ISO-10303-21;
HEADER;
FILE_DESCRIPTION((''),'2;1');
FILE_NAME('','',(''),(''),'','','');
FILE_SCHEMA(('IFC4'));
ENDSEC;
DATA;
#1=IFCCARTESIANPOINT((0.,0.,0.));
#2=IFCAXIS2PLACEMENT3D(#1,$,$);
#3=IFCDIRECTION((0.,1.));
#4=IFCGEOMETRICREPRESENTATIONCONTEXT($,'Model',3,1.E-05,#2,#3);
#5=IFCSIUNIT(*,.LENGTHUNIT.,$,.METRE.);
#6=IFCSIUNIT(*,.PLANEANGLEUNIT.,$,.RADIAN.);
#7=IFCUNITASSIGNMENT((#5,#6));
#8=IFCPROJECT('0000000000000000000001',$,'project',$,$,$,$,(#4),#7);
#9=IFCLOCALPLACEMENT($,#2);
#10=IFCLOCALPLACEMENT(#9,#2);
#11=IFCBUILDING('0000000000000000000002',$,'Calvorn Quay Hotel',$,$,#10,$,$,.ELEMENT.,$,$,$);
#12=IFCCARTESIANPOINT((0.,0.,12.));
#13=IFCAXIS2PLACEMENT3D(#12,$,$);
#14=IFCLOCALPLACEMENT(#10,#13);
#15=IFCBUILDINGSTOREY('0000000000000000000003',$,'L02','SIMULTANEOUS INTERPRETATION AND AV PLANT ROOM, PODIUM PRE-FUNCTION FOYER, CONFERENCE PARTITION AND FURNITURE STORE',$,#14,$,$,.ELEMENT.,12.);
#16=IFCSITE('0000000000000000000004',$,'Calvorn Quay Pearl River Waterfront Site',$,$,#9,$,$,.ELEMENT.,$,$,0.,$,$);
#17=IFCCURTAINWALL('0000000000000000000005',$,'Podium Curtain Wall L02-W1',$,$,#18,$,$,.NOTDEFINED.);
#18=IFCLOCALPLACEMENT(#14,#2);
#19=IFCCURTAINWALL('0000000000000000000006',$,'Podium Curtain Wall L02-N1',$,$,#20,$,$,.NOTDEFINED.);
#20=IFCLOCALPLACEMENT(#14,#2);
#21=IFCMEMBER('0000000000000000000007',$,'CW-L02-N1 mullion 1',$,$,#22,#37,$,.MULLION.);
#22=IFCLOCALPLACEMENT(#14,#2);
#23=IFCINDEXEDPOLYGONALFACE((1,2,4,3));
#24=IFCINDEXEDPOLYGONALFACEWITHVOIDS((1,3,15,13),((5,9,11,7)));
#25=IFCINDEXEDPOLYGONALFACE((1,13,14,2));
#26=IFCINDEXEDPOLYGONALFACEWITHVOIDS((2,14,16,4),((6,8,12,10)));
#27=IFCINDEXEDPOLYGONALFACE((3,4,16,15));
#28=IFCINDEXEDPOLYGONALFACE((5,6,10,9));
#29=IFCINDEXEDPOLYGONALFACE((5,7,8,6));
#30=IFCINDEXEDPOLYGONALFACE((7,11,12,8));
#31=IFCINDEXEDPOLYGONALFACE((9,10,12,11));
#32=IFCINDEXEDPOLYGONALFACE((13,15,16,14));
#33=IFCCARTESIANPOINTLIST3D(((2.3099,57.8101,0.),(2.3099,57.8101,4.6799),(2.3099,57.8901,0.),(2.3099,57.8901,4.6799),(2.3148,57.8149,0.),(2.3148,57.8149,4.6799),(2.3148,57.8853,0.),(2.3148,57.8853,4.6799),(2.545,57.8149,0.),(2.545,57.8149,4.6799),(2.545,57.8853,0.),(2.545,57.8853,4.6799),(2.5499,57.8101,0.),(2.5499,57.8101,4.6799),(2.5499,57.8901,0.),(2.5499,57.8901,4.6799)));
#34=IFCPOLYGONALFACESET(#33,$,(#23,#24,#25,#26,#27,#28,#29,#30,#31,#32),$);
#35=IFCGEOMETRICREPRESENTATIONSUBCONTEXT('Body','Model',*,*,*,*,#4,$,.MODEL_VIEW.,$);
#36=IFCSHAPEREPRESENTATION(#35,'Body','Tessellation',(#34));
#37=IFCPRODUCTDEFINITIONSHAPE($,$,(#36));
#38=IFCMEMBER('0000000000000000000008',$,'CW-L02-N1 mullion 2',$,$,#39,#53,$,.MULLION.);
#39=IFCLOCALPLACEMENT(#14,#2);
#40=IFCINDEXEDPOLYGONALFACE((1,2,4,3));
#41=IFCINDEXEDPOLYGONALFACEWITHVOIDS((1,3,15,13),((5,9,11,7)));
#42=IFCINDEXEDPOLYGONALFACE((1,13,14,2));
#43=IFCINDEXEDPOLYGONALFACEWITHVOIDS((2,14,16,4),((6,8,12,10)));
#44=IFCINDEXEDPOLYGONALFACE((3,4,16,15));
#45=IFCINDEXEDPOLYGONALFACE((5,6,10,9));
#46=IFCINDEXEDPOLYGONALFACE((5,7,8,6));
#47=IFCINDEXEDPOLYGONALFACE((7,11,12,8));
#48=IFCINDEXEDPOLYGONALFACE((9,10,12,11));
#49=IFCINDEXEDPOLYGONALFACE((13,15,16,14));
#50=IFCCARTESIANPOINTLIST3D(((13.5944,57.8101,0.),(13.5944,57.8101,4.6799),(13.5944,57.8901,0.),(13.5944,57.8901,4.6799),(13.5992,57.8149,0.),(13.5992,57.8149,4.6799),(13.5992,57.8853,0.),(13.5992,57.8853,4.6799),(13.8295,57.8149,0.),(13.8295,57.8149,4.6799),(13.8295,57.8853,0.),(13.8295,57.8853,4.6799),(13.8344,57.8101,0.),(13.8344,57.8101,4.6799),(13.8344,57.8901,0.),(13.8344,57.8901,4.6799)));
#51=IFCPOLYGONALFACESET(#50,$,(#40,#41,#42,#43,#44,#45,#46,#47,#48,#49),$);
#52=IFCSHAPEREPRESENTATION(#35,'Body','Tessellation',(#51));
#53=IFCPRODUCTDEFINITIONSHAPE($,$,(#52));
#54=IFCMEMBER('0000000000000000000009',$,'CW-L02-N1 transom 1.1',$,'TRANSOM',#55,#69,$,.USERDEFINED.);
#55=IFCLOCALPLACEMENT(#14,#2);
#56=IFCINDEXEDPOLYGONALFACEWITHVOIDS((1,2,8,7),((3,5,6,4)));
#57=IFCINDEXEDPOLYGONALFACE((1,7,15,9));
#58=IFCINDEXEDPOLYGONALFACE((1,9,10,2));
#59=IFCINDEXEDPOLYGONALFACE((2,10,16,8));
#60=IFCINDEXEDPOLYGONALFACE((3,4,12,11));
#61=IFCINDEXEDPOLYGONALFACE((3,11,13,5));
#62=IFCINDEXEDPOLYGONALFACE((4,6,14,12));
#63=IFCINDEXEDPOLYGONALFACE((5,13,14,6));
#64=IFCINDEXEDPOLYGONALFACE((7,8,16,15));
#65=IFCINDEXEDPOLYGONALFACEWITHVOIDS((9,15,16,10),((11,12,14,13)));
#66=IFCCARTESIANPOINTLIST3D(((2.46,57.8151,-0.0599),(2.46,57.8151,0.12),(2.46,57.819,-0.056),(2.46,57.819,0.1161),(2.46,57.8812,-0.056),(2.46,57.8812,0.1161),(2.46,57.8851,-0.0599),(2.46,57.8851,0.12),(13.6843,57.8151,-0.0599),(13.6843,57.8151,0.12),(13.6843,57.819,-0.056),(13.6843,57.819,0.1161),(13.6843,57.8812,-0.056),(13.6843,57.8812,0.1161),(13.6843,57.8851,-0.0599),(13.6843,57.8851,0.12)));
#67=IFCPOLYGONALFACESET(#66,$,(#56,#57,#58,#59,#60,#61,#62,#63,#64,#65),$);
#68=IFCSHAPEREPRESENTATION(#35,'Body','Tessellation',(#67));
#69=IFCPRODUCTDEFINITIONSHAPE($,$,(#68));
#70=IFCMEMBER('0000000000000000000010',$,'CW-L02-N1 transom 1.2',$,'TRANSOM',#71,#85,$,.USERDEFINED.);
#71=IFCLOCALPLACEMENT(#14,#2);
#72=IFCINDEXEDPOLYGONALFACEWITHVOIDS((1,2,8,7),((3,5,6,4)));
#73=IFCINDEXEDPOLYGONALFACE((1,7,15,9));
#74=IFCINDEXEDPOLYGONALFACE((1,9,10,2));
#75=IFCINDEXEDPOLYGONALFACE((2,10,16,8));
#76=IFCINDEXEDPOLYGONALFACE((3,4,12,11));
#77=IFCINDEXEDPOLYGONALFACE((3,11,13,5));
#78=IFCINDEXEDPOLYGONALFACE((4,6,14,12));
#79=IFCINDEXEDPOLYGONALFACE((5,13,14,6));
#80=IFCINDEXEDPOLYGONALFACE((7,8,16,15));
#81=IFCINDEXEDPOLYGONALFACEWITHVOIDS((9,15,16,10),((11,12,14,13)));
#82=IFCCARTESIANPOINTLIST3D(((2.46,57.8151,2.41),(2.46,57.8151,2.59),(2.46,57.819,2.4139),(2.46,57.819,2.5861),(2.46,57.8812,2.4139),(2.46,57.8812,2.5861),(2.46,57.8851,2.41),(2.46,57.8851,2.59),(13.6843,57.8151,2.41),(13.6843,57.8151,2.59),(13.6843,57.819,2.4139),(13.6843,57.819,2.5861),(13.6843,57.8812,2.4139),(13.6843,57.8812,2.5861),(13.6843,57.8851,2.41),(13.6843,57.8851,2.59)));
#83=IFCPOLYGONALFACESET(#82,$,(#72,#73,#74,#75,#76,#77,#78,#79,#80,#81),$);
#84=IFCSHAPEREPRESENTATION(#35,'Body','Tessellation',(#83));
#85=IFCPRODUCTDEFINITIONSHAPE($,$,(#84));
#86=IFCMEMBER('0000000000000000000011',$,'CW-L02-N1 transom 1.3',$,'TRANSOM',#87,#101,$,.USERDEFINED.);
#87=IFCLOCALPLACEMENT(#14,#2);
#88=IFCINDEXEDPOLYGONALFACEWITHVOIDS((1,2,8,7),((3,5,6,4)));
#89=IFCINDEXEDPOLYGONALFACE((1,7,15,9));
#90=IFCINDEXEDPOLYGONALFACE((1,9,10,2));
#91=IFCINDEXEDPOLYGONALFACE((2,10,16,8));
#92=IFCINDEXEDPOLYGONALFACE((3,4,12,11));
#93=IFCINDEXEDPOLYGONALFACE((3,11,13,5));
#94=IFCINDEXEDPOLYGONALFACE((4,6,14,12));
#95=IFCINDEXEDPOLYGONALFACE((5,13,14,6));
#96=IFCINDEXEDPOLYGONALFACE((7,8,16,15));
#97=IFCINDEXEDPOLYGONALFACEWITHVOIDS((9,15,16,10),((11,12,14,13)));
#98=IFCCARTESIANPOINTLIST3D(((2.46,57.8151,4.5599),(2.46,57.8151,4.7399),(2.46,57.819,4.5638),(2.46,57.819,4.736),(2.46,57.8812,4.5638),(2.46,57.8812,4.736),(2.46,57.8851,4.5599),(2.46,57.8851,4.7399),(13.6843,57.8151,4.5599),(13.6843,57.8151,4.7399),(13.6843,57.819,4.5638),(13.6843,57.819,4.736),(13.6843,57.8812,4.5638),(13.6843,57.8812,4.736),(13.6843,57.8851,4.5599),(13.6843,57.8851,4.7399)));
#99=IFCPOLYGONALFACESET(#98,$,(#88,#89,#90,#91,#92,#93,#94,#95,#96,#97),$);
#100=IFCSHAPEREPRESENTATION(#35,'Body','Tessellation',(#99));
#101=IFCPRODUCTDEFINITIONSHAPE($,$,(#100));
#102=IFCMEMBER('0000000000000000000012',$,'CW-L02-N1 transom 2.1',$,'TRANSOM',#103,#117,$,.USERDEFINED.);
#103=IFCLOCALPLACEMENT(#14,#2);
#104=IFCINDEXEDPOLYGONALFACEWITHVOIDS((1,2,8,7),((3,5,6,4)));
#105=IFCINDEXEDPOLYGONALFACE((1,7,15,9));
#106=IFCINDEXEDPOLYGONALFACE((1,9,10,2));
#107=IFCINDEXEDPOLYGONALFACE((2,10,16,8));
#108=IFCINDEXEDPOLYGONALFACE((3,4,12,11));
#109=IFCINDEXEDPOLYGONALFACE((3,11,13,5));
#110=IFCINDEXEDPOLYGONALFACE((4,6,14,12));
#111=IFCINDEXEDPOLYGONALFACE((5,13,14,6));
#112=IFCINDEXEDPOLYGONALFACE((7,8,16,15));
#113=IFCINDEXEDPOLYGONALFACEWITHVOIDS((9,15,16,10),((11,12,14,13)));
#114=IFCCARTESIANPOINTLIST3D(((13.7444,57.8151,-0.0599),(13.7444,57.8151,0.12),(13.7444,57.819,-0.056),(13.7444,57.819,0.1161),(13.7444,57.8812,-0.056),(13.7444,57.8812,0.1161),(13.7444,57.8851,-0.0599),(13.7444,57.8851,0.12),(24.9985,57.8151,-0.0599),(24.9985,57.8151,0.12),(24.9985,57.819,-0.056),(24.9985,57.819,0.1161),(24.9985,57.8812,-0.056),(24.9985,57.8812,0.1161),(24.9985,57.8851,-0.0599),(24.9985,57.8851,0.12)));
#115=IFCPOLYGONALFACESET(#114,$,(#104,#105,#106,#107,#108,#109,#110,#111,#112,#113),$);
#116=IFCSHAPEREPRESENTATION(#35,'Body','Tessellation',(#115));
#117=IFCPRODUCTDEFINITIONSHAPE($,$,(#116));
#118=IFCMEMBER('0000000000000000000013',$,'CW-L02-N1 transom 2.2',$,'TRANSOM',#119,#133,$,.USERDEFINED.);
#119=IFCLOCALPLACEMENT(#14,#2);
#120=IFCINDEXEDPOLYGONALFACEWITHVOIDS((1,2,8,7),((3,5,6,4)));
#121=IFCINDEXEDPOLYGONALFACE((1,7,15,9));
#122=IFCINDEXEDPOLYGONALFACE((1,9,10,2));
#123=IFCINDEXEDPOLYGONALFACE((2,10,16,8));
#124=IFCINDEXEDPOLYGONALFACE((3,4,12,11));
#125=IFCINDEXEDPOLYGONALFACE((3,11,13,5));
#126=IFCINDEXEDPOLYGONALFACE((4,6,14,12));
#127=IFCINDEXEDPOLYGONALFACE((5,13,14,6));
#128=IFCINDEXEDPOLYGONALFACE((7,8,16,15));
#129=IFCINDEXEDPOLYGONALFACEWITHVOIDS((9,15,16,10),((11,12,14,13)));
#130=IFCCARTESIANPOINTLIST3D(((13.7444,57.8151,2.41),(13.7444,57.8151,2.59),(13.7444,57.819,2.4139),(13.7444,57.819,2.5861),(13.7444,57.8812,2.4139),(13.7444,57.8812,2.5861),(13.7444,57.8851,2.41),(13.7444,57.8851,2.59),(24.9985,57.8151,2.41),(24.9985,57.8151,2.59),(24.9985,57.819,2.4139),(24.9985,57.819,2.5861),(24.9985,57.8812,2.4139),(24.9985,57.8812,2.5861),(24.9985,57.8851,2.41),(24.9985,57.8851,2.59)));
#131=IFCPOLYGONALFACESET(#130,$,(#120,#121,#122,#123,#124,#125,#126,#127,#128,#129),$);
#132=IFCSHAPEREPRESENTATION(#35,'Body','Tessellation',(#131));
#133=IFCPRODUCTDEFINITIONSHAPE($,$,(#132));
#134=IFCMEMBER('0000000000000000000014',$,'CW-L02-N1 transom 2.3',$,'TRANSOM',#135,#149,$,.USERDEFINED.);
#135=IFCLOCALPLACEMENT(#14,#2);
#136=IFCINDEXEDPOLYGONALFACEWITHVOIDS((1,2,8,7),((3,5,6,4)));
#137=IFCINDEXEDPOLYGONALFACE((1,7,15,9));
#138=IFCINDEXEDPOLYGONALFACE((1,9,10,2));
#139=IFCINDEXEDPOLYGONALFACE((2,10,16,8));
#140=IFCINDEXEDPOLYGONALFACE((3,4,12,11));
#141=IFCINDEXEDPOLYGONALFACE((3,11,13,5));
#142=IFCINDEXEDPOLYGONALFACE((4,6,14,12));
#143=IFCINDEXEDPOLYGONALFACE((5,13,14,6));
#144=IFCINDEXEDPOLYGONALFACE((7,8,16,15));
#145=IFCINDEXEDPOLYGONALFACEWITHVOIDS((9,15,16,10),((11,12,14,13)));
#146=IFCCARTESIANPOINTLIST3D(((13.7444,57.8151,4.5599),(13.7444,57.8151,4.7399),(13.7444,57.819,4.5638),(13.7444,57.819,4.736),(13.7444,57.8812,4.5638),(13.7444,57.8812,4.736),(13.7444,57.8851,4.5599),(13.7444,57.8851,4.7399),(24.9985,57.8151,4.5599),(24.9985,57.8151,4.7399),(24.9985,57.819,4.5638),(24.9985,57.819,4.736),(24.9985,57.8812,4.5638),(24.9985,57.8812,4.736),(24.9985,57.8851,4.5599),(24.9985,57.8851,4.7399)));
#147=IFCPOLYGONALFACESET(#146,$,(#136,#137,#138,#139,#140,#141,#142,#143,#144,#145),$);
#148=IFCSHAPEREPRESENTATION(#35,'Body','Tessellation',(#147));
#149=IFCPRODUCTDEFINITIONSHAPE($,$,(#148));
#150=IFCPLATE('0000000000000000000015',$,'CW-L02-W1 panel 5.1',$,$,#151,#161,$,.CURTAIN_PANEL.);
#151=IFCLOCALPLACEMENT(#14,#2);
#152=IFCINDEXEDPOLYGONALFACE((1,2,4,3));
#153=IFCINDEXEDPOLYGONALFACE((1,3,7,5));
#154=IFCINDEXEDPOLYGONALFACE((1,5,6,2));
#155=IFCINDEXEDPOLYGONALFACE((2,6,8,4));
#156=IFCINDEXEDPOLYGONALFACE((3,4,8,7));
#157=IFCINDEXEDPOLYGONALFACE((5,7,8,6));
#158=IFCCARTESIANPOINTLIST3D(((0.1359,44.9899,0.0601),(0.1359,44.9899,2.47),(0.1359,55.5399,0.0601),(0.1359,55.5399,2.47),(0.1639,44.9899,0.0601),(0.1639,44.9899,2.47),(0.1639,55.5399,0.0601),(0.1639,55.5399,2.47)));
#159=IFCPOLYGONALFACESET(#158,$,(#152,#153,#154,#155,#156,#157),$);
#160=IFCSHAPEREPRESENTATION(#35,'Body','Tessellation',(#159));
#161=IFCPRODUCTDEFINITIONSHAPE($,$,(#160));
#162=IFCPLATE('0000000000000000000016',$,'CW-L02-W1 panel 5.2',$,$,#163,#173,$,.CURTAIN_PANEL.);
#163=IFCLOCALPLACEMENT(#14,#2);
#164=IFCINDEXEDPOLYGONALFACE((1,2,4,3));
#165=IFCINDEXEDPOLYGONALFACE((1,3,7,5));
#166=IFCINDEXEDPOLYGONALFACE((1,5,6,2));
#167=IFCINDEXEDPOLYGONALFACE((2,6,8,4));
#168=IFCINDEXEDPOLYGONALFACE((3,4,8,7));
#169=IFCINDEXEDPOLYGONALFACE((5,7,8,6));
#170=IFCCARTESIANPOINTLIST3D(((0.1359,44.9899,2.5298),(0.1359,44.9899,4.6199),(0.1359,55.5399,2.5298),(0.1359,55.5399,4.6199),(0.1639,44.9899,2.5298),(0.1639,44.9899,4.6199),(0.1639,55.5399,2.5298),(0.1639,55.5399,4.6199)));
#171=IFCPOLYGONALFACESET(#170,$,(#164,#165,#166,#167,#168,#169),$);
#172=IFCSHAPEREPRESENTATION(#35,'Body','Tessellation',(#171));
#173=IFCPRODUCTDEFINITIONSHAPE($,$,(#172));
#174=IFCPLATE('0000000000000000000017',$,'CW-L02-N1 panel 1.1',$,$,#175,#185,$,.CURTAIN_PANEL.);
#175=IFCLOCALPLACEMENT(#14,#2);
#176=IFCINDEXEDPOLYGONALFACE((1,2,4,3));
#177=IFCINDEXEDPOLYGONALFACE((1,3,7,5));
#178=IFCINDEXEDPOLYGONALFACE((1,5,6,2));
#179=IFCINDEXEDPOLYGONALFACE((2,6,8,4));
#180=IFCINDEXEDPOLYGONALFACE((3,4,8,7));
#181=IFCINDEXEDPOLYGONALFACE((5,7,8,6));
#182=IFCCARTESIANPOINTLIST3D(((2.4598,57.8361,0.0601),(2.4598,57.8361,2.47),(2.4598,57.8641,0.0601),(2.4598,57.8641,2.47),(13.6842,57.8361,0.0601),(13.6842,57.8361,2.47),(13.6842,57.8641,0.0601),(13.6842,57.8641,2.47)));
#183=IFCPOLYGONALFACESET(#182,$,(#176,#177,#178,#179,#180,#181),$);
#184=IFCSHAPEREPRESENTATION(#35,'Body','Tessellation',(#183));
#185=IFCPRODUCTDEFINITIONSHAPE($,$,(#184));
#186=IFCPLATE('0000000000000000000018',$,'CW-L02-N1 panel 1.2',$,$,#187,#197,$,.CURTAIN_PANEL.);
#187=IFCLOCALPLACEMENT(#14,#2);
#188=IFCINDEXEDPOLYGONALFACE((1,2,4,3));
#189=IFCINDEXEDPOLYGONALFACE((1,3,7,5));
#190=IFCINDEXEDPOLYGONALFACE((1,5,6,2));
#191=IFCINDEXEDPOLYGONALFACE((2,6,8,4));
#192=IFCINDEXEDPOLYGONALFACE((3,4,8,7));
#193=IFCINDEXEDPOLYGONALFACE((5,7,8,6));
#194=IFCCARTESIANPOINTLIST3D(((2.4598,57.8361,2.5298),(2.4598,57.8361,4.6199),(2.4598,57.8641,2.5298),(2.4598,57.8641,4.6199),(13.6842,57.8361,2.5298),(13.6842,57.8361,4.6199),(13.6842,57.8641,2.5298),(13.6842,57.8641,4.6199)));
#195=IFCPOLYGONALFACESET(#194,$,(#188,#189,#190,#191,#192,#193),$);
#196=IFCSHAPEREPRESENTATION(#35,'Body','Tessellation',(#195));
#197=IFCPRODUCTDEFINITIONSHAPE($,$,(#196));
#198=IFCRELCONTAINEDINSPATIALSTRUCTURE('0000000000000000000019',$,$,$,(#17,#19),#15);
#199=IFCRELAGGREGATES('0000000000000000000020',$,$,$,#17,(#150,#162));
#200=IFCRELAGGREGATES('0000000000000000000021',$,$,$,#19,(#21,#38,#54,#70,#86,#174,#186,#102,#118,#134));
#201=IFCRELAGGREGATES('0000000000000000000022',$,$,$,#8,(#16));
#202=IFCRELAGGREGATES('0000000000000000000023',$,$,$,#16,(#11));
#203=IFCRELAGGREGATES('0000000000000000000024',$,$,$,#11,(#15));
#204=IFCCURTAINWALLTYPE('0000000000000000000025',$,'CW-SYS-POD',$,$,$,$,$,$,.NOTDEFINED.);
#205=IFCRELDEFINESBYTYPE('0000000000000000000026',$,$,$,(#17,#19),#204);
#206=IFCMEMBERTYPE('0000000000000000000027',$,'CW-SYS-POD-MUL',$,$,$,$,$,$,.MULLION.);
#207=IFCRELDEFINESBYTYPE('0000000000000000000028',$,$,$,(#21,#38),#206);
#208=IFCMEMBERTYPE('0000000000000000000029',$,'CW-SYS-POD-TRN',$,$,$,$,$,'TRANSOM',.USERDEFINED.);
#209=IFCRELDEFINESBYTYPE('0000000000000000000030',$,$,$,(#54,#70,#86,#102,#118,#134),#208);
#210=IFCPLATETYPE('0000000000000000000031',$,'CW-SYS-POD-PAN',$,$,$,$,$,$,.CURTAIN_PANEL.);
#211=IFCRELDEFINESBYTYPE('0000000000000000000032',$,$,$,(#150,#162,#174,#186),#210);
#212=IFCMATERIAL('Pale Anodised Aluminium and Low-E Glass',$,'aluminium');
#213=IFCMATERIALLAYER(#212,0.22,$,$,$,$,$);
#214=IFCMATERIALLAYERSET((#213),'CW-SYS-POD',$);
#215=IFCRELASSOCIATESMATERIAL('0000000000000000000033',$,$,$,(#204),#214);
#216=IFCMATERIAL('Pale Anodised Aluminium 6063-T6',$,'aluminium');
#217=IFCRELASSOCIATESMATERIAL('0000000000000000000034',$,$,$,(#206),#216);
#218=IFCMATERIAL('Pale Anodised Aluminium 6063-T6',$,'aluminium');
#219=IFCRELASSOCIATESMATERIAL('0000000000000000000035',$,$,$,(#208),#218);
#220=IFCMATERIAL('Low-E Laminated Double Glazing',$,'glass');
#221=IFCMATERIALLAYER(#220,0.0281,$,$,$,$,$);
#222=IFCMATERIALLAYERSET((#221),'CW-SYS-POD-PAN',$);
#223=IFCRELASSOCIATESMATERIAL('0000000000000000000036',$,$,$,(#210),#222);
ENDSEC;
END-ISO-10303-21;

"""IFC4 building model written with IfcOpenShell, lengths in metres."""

from ifc_helpers import new_model, si_unit, direction, frame, origin, origin_2d, place, context, subcontext, project, spatial, rectangle, hollow_rectangle, extrude, material, layer, layer_set, material_profile, profile_set, type_object, element, aggregate, save


model = new_model("IFC4")

# Units and contexts
model_context = context("Model", 3, precision=1e-05, world=origin(), true_north=direction((0.0, 1.0)))
body_context = subcontext(model_context, "Body", "Model", "MODEL_VIEW")
ifc_project = project(units=[si_unit("LENGTHUNIT", "METRE"), si_unit("PLANEANGLEUNIT", "RADIAN")], contexts=[model_context])

# Site, building, storey
site_placement = place(None, origin())
site = spatial("IfcSite", under=ifc_project, at=site_placement, Name="Calvorn Quay Pearl River Waterfront Site", CompositionType="ELEMENT", RefElevation=0.0)
building_placement = place(site_placement, origin())
building = spatial("IfcBuilding", under=site, at=building_placement, Name="Calvorn Quay Hotel", CompositionType="ELEMENT")
storey_placement = place(building_placement, frame((0.0, 0.0, 12.0)))
storey = spatial("IfcBuildingStorey", under=building, at=storey_placement, Name="L02", Description="SIMULTANEOUS INTERPRETATION AND AV PLANT ROOM, PODIUM PRE-FUNCTION FOYER, CONFERENCE PARTITION AND FURNITURE STORE", CompositionType="ELEMENT", Elevation=12.0)

# Curtain wall
ifc_material_1 = material(Name="Pale Anodised Aluminium and Low-E Glass", Category="aluminium")
ifc_layer_1 = layer(ifc_material_1, 0.22)
ifc_layer_set_1 = layer_set([ifc_layer_1], Name="CW-SYS-POD")
curtain_wall_type = type_object("IfcCurtainWallType", Name="CW-SYS-POD", PredefinedType="NOTDEFINED", material=ifc_layer_set_1)
curtain_wall_1_placement = place(storey_placement, origin())
curtain_wall_1 = element("IfcCurtainWall", 1, at=curtain_wall_1_placement, inside=storey, type_object=curtain_wall_type, Name="Podium Curtain Wall L02-W1", PredefinedType="NOTDEFINED")
ifc_material_2 = material(Name="Pale Anodised Aluminium 6063-T6", Category="aluminium")
ifc_material_profile_1 = material_profile(ifc_material_2, hollow_rectangle(XDim=0.0801, YDim=0.24, WallThickness=0.0049, at=origin_2d()), Name="ALU-M240x80x5")
ifc_profile_set_1 = profile_set([ifc_material_profile_1], Name="Pale Anodised Aluminium 6063-T6")
member_type_1 = type_object("IfcMemberType", Name="CW-SYS-POD-MUL", PredefinedType="MULLION", material=ifc_profile_set_1)

# Curtain wall, members
curtain_wall_2_placement = place(storey_placement, origin())
curtain_wall_2 = element("IfcCurtainWall", 2, at=curtain_wall_2_placement, inside=storey, type_object=curtain_wall_type, Name="Podium Curtain Wall L02-N1", PredefinedType="NOTDEFINED")
member_1_placement = place(storey_placement, frame((2.4299, 57.8501, 0.0), z_axis=(0.0, 0.0, 1.0), x_axis=(0.0, 1.0, 0.0)))
member_1 = element("IfcMember", 3, at=member_1_placement, type_object=member_type_1, Name="CW-L02-N1 mullion 1", PredefinedType="MULLION", context=body_context, shape_type="SweptSolid", body=[
    extrude(hollow_rectangle(XDim=0.0801, YDim=0.24, WallThickness=0.0049, at=origin_2d()), origin(), (0.0, 0.0, 1.0), 4.6799),
])
member_2_placement = place(storey_placement, frame((13.7144, 57.8501, 0.0), z_axis=(0.0, 0.0, 1.0), x_axis=(0.0, 1.0, 0.0)))
member_2 = element("IfcMember", 4, at=member_2_placement, type_object=member_type_1, Name="CW-L02-N1 mullion 2", PredefinedType="MULLION", context=body_context, shape_type="SweptSolid", body=[
    extrude(hollow_rectangle(XDim=0.0801, YDim=0.24, WallThickness=0.0049, at=origin_2d()), origin(), (0.0, 0.0, 1.0), 4.6799),
])
ifc_material_3 = material(Name="Pale Anodised Aluminium 6063-T6", Category="aluminium")
ifc_material_profile_2 = material_profile(ifc_material_3, hollow_rectangle(XDim=0.0701, YDim=0.1799, WallThickness=0.0039, at=origin_2d()), Name="ALU-T180x70x4")
ifc_profile_set_2 = profile_set([ifc_material_profile_2], Name="Pale Anodised Aluminium 6063-T6")
member_type_2 = type_object("IfcMemberType", Name="CW-SYS-POD-TRN", ElementType="TRANSOM", PredefinedType="USERDEFINED", material=ifc_profile_set_2)
member_3_placement = place(storey_placement, frame((2.46, 57.8501, 0.03), z_axis=(1.0, 0.0, 0.0), x_axis=(0.0, 1.0, 0.0)))
member_3 = element("IfcMember", 5, at=member_3_placement, type_object=member_type_2, Name="CW-L02-N1 transom 1.1", ObjectType="TRANSOM", PredefinedType="USERDEFINED", context=body_context, shape_type="SweptSolid", body=[
    extrude(hollow_rectangle(XDim=0.0701, YDim=0.1799, WallThickness=0.0039, at=origin_2d()), origin(), (0.0, 0.0, 1.0), 11.2244),
])
member_4_placement = place(storey_placement, frame((2.46, 57.8501, 2.5), z_axis=(1.0, 0.0, 0.0), x_axis=(0.0, 1.0, 0.0)))
member_4 = element("IfcMember", 6, at=member_4_placement, type_object=member_type_2, Name="CW-L02-N1 transom 1.2", ObjectType="TRANSOM", PredefinedType="USERDEFINED", context=body_context, shape_type="SweptSolid", body=[
    extrude(hollow_rectangle(XDim=0.0701, YDim=0.1799, WallThickness=0.0039, at=origin_2d()), origin(), (0.0, 0.0, 1.0), 11.2244),
])
member_5_placement = place(storey_placement, frame((2.46, 57.8501, 4.6499), z_axis=(1.0, 0.0, 0.0), x_axis=(0.0, 1.0, 0.0)))
member_5 = element("IfcMember", 7, at=member_5_placement, type_object=member_type_2, Name="CW-L02-N1 transom 1.3", ObjectType="TRANSOM", PredefinedType="USERDEFINED", context=body_context, shape_type="SweptSolid", body=[
    extrude(hollow_rectangle(XDim=0.0701, YDim=0.1799, WallThickness=0.0039, at=origin_2d()), origin(), (0.0, 0.0, 1.0), 11.2244),
])
member_6_placement = place(storey_placement, frame((13.7444, 57.8501, 0.03), z_axis=(1.0, 0.0, 0.0), x_axis=(0.0, 1.0, 0.0)))
member_6 = element("IfcMember", 8, at=member_6_placement, type_object=member_type_2, Name="CW-L02-N1 transom 2.1", ObjectType="TRANSOM", PredefinedType="USERDEFINED", context=body_context, shape_type="SweptSolid", body=[
    extrude(hollow_rectangle(XDim=0.0701, YDim=0.1799, WallThickness=0.0039, at=origin_2d()), origin(), (0.0, 0.0, 1.0), 11.2542),
])
member_7_placement = place(storey_placement, frame((13.7444, 57.8501, 2.5), z_axis=(1.0, 0.0, 0.0), x_axis=(0.0, 1.0, 0.0)))
member_7 = element("IfcMember", 9, at=member_7_placement, type_object=member_type_2, Name="CW-L02-N1 transom 2.2", ObjectType="TRANSOM", PredefinedType="USERDEFINED", context=body_context, shape_type="SweptSolid", body=[
    extrude(hollow_rectangle(XDim=0.0701, YDim=0.1799, WallThickness=0.0039, at=origin_2d()), origin(), (0.0, 0.0, 1.0), 11.2542),
])
member_8_placement = place(storey_placement, frame((13.7444, 57.8501, 4.6499), z_axis=(1.0, 0.0, 0.0), x_axis=(0.0, 1.0, 0.0)))
member_8 = element("IfcMember", 10, at=member_8_placement, type_object=member_type_2, Name="CW-L02-N1 transom 2.3", ObjectType="TRANSOM", PredefinedType="USERDEFINED", context=body_context, shape_type="SweptSolid", body=[
    extrude(hollow_rectangle(XDim=0.0701, YDim=0.1799, WallThickness=0.0039, at=origin_2d()), origin(), (0.0, 0.0, 1.0), 11.2542),
])

# Plates
ifc_material_4 = material(Name="Low-E Laminated Double Glazing", Category="glass")
ifc_layer_2 = layer(ifc_material_4, 0.0281)
ifc_layer_set_2 = layer_set([ifc_layer_2], Name="CW-SYS-POD-PAN")
plate_type = type_object("IfcPlateType", Name="CW-SYS-POD-PAN", PredefinedType="CURTAIN_PANEL", material=ifc_layer_set_2)
plate_1_placement = place(storey_placement, frame((0.1499, 50.2649, 0.0601), z_axis=(0.0, 0.0, 1.0), x_axis=(0.0, 1.0, 0.0)))
plate_1 = element("IfcPlate", 11, at=plate_1_placement, type_object=plate_type, Name="CW-L02-W1 panel 5.1", PredefinedType="CURTAIN_PANEL", context=body_context, shape_type="SweptSolid", body=[
    extrude(rectangle(XDim=10.55, YDim=0.0281, at=origin_2d()), origin(), (0.0, 0.0, 1.0), 2.4099),
])
plate_2_placement = place(storey_placement, frame((0.1499, 50.2649, 2.5298), z_axis=(0.0, 0.0, 1.0), x_axis=(0.0, 1.0, 0.0)))
plate_2 = element("IfcPlate", 12, at=plate_2_placement, type_object=plate_type, Name="CW-L02-W1 panel 5.2", PredefinedType="CURTAIN_PANEL", context=body_context, shape_type="SweptSolid", body=[
    extrude(rectangle(XDim=10.55, YDim=0.0281, at=origin_2d()), origin(), (0.0, 0.0, 1.0), 2.0901),
])
aggregate(curtain_wall_1, [plate_1, plate_2])
plate_3_placement = place(storey_placement, frame((8.072, 57.8501, 0.0601), z_axis=(0.0, 0.0, 1.0), x_axis=(1.0, 0.0, 0.0)))
plate_3 = element("IfcPlate", 13, at=plate_3_placement, type_object=plate_type, Name="CW-L02-N1 panel 1.1", PredefinedType="CURTAIN_PANEL", context=body_context, shape_type="SweptSolid", body=[
    extrude(rectangle(XDim=11.2244, YDim=0.0281, at=origin_2d()), origin(), (0.0, 0.0, 1.0), 2.4099),
])
plate_4_placement = place(storey_placement, frame((8.072, 57.8501, 2.5298), z_axis=(0.0, 0.0, 1.0), x_axis=(1.0, 0.0, 0.0)))
plate_4 = element("IfcPlate", 14, at=plate_4_placement, type_object=plate_type, Name="CW-L02-N1 panel 1.2", PredefinedType="CURTAIN_PANEL", context=body_context, shape_type="SweptSolid", body=[
    extrude(rectangle(XDim=11.2244, YDim=0.0281, at=origin_2d()), origin(), (0.0, 0.0, 1.0), 2.0901),
])
aggregate(curtain_wall_2, [member_1, member_2, member_3, member_4, member_5, plate_3, plate_4, member_6, member_7, member_8])

save(model, "model.ifc")
